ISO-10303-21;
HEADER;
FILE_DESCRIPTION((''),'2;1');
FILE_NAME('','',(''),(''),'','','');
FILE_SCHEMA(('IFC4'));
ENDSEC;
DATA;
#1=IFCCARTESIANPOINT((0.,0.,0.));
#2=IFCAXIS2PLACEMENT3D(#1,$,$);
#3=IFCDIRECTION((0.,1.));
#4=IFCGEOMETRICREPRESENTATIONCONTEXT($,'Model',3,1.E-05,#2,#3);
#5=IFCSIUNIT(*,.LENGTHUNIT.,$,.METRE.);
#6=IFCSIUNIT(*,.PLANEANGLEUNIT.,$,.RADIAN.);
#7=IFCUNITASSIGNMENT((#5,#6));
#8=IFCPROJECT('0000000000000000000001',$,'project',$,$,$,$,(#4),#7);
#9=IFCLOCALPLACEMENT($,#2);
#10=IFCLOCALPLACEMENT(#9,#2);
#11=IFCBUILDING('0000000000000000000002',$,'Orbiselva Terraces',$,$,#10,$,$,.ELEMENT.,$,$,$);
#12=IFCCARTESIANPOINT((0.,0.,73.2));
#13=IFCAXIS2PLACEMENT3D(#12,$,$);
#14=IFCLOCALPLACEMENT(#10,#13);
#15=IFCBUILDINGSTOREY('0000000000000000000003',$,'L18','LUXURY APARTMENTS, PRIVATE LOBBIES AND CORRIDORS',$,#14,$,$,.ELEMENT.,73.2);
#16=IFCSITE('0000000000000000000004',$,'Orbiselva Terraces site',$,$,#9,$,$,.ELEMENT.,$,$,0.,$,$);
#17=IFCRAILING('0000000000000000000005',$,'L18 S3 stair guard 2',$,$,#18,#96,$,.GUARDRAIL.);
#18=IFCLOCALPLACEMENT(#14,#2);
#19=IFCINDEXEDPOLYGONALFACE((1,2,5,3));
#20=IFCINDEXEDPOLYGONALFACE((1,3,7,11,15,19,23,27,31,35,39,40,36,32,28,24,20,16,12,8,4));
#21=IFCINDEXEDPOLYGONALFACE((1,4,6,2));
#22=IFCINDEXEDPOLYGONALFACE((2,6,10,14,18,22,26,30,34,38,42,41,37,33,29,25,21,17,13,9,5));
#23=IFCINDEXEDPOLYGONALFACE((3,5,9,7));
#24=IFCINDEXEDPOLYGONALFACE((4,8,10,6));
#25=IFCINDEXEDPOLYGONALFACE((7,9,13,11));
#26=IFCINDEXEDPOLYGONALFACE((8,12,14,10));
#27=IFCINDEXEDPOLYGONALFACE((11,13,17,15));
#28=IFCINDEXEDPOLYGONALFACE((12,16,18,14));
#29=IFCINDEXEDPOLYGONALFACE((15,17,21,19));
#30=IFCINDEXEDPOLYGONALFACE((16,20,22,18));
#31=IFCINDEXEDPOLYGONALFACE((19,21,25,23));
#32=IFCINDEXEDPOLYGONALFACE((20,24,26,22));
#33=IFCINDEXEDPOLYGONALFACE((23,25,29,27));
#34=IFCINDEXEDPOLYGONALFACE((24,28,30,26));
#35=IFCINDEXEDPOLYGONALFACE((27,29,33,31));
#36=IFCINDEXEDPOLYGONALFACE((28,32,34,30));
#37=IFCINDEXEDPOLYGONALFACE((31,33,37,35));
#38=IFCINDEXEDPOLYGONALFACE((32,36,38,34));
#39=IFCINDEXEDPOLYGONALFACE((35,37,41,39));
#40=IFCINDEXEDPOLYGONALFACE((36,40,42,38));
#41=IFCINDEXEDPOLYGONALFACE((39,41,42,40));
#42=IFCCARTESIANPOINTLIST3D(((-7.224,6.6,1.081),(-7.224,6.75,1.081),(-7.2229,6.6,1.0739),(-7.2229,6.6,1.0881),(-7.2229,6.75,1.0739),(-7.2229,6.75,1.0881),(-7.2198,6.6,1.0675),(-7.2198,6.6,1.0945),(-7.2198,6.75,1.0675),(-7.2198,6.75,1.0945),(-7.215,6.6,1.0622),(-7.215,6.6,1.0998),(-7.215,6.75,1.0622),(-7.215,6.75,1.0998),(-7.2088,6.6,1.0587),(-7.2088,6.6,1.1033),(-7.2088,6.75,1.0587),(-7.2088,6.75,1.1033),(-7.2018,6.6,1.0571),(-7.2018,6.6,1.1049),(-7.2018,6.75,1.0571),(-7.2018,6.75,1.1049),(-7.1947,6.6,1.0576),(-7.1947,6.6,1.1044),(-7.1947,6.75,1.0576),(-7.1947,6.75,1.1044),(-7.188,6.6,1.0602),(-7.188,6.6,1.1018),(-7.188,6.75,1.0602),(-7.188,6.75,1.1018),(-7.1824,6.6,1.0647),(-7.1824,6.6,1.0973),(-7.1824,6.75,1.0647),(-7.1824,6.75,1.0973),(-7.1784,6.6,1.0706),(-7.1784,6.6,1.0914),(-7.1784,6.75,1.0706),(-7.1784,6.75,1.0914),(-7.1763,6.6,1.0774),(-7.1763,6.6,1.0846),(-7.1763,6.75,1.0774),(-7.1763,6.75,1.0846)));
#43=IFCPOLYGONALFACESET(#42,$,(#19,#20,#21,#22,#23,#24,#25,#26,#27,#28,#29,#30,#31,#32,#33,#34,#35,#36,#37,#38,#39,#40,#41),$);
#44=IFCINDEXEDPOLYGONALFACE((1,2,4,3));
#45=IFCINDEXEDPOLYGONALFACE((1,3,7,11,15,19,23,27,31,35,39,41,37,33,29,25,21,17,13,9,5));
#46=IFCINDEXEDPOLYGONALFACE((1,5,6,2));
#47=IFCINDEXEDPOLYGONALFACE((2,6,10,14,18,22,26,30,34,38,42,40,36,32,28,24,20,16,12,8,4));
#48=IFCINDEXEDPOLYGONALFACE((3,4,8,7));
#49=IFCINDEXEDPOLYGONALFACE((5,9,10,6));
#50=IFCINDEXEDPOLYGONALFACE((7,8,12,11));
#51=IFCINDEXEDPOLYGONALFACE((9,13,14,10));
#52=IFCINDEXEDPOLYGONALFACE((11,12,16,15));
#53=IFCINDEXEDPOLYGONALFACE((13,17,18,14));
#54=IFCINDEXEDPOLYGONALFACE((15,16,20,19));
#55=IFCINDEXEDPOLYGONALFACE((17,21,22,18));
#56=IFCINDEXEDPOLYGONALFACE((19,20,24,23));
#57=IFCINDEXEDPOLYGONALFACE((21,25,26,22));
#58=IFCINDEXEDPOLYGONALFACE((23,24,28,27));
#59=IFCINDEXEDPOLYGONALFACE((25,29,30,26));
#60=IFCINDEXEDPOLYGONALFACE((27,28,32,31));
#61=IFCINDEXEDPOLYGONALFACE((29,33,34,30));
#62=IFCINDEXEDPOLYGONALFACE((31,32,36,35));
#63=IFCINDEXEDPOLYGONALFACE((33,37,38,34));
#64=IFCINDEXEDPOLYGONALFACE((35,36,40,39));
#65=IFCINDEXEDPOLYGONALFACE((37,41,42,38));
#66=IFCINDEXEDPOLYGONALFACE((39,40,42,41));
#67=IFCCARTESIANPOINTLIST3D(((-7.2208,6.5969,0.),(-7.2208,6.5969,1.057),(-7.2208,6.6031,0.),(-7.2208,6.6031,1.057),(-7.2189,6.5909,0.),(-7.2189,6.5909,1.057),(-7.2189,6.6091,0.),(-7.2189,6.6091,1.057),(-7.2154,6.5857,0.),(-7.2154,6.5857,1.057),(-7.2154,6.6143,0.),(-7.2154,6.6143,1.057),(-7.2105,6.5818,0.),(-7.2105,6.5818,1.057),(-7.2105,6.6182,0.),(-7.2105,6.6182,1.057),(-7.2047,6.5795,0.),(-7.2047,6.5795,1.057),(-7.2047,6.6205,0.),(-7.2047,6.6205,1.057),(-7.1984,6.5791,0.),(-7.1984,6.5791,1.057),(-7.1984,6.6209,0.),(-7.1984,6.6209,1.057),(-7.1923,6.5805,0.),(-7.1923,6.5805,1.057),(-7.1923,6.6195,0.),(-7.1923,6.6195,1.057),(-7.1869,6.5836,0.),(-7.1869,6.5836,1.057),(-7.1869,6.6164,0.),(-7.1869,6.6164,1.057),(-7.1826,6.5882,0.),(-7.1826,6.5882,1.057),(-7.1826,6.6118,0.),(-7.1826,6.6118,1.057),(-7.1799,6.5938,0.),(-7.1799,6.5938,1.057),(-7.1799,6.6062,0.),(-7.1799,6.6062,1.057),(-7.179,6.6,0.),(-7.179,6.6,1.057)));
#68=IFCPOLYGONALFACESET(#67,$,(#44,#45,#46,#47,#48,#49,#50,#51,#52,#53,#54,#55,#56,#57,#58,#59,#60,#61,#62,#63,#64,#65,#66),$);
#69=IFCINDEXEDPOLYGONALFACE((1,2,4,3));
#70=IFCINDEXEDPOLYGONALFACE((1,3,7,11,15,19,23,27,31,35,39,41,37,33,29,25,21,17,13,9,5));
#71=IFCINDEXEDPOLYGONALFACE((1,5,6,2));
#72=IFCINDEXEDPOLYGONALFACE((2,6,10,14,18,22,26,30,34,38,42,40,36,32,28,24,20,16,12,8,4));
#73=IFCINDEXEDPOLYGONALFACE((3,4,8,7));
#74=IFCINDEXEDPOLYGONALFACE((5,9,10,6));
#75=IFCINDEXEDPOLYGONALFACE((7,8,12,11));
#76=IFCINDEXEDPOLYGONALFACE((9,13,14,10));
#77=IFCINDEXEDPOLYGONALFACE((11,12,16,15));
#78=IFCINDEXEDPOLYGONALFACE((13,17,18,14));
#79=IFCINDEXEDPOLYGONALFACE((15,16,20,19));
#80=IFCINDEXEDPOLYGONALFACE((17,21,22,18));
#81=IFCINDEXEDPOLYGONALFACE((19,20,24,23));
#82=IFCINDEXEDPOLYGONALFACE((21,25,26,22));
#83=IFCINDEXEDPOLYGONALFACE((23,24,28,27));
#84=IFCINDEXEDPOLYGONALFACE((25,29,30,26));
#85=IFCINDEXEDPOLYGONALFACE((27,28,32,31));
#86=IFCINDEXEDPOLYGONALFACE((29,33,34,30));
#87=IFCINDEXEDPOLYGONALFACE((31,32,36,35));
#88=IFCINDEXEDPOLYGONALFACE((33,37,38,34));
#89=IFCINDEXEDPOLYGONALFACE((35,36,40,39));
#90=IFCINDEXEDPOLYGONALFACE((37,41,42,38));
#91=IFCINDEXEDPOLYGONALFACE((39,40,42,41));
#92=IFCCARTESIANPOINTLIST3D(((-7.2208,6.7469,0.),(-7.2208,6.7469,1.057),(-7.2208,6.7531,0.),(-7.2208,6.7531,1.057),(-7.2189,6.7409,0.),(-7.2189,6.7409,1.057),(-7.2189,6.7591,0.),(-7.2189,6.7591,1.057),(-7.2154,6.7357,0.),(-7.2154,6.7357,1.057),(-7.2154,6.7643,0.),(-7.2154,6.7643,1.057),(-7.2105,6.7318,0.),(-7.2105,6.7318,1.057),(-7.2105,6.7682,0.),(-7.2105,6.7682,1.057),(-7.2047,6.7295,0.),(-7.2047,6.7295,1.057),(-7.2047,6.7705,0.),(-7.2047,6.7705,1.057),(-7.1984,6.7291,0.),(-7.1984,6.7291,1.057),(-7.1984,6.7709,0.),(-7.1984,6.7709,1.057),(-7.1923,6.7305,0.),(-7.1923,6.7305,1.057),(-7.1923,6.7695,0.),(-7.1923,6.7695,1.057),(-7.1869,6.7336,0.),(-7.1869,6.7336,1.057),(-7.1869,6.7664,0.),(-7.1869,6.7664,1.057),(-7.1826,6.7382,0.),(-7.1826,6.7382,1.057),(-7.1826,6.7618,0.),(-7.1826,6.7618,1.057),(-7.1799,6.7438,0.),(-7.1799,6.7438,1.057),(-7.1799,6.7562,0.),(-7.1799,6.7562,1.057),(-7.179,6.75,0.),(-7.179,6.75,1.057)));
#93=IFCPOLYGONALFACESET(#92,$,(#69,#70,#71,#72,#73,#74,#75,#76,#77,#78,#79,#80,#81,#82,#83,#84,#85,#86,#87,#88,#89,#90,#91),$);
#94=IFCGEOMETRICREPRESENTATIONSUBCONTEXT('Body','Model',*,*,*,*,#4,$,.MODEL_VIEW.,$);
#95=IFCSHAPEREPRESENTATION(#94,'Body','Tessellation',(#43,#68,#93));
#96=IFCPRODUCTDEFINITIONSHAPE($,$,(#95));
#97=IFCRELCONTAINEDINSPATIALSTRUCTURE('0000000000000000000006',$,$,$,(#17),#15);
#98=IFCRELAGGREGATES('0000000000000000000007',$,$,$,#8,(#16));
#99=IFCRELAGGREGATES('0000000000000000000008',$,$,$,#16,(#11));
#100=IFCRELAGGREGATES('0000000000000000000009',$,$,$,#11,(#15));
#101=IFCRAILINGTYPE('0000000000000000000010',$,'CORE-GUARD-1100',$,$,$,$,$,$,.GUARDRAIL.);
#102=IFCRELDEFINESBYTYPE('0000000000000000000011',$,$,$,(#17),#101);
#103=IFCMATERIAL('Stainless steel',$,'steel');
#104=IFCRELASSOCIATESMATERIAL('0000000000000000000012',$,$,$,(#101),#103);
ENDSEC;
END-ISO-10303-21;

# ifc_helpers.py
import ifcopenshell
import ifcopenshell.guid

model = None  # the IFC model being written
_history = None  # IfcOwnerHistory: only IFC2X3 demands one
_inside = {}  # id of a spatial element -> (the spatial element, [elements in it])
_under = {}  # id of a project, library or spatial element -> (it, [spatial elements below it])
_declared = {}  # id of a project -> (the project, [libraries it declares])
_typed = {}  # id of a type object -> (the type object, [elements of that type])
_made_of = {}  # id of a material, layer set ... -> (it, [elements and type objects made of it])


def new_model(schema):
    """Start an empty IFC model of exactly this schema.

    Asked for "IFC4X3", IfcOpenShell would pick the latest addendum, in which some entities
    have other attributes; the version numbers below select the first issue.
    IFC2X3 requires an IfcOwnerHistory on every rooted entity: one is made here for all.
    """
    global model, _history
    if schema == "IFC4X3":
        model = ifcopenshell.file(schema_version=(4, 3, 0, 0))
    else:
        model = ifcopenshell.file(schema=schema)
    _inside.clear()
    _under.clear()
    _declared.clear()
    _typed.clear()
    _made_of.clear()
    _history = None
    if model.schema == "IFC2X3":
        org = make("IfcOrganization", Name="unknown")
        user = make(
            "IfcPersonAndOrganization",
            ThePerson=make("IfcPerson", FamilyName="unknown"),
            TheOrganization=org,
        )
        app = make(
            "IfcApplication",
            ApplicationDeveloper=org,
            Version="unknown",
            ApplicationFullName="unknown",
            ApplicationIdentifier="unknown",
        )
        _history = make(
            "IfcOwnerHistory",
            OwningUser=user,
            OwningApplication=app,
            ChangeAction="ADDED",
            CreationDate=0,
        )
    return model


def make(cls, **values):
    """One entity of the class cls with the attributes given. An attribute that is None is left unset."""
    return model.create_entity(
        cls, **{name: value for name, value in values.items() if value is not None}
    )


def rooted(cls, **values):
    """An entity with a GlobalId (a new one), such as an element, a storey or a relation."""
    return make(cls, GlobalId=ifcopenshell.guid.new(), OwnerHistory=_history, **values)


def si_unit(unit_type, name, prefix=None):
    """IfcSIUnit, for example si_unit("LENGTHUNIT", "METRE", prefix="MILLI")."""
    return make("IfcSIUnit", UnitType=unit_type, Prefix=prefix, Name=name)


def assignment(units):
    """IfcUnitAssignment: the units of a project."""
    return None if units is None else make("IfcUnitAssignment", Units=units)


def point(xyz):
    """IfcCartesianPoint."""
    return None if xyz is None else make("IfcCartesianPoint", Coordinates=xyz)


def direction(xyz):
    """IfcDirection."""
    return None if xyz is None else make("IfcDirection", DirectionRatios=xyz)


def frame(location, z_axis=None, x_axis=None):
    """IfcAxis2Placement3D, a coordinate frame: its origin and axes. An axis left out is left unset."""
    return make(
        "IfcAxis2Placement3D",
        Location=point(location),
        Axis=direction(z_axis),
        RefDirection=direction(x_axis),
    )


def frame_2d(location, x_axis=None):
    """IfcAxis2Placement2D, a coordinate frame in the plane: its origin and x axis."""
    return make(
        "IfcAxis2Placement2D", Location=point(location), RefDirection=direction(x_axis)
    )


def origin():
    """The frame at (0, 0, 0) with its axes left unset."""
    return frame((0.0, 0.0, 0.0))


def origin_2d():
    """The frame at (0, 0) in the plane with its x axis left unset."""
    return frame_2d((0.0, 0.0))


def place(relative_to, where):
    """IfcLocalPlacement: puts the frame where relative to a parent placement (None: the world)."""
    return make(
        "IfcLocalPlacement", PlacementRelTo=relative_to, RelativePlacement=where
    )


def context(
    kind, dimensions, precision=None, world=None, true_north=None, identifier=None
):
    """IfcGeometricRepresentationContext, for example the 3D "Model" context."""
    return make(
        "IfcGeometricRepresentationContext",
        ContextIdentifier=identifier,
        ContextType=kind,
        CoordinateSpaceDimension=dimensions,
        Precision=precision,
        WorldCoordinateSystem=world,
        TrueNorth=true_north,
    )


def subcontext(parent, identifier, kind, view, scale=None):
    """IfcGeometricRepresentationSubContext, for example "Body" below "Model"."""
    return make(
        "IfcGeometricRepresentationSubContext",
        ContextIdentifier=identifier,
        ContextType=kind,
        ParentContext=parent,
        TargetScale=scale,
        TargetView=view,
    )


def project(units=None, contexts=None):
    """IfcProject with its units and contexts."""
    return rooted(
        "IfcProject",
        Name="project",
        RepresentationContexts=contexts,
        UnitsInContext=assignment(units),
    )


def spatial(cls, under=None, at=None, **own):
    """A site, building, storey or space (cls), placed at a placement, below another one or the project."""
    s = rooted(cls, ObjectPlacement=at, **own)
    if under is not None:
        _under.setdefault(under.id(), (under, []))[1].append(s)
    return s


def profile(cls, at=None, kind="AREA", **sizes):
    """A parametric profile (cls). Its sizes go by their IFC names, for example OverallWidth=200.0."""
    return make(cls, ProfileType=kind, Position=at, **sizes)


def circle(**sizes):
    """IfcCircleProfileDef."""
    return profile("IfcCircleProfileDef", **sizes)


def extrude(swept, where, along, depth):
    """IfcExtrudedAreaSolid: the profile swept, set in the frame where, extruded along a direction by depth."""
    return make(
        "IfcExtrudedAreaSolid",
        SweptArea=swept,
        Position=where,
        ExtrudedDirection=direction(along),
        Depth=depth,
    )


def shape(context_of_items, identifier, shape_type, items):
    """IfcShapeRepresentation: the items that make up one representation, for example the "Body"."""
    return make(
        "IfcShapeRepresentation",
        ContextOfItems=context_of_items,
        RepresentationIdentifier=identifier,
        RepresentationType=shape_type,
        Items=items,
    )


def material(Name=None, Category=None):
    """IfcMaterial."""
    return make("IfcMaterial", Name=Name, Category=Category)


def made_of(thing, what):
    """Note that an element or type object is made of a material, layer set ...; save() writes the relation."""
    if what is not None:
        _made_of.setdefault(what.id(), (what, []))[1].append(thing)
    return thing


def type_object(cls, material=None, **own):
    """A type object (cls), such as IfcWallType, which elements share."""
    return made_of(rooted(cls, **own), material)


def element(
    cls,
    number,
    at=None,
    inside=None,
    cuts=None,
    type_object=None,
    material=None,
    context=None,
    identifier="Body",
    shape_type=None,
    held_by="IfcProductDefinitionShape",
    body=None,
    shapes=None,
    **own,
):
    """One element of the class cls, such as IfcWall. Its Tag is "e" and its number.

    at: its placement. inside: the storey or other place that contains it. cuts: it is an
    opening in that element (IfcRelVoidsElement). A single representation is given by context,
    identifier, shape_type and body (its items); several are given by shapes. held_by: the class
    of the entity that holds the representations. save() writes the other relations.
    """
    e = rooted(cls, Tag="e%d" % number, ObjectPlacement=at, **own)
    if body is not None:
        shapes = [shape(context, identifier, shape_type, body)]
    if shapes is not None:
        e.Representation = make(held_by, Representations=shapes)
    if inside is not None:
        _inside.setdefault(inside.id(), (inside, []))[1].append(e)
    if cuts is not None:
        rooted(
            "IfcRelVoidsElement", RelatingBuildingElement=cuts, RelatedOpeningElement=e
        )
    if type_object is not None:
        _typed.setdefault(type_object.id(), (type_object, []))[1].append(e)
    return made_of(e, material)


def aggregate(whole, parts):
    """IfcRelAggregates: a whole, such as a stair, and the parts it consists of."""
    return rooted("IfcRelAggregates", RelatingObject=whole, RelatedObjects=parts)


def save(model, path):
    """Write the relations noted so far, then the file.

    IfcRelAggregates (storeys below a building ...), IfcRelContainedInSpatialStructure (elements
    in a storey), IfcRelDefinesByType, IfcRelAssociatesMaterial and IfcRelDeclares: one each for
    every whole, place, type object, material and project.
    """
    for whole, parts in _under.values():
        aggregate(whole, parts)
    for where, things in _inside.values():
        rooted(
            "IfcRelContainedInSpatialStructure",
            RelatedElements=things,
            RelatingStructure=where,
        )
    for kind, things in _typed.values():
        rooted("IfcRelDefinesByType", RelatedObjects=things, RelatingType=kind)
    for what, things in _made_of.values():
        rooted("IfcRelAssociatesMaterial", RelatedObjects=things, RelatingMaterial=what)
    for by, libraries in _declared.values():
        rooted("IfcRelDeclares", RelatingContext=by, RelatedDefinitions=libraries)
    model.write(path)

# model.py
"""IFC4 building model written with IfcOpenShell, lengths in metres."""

from ifc_helpers import new_model, si_unit, direction, frame, origin, origin_2d, place, context, subcontext, project, spatial, circle, extrude, material, type_object, element, save


model = new_model("IFC4")

# Units and contexts
model_context = context("Model", 3, precision=1e-05, world=origin(), true_north=direction((0.0, 1.0)))
body_context = subcontext(model_context, "Body", "Model", "MODEL_VIEW")
ifc_project = project(units=[si_unit("LENGTHUNIT", "METRE"), si_unit("PLANEANGLEUNIT", "RADIAN")], contexts=[model_context])

# Site, building, storey
site_placement = place(None, origin())
site = spatial("IfcSite", under=ifc_project, at=site_placement, Name="Orbiselva Terraces site", CompositionType="ELEMENT", RefElevation=0.0)
building_placement = place(site_placement, origin())
building = spatial("IfcBuilding", under=site, at=building_placement, Name="Orbiselva Terraces", CompositionType="ELEMENT")
storey_placement = place(building_placement, frame((0.0, 0.0, 73.2)))
storey = spatial("IfcBuildingStorey", under=building, at=storey_placement, Name="L18", Description="LUXURY APARTMENTS, PRIVATE LOBBIES AND CORRIDORS", CompositionType="ELEMENT", Elevation=73.2)

# Railing
ifc_material_1 = material(Name="Stainless steel", Category="steel")
railing_type_1 = type_object("IfcRailingType", Name="CORE-GUARD-1100", PredefinedType="GUARDRAIL", material=ifc_material_1)
railing_1_placement = place(storey_placement, frame((-7.2, 6.6, 0.0)))
element("IfcRailing", 1, at=railing_1_placement, inside=storey, type_object=railing_type_1, Name="L18 S3 stair guard 2", PredefinedType="GUARDRAIL", context=body_context, shape_type="SweptSolid", body=[
    extrude(circle(Radius=0.024, at=origin_2d()), frame((0.0, 0.0, 1.081), z_axis=(0.0, 1.0, 0.0), x_axis=(-1.0, 0.0, 0.0)), (0.0, 0.0, 1.0), 0.15),
    extrude(circle(Radius=0.021, at=origin_2d()), origin(), (0.0, 0.0, 1.0), 1.057),
    extrude(circle(Radius=0.021, at=origin_2d()), frame((0.0, 0.15, 0.0)), (0.0, 0.0, 1.0), 1.057),
])

save(model, "model.ifc")
